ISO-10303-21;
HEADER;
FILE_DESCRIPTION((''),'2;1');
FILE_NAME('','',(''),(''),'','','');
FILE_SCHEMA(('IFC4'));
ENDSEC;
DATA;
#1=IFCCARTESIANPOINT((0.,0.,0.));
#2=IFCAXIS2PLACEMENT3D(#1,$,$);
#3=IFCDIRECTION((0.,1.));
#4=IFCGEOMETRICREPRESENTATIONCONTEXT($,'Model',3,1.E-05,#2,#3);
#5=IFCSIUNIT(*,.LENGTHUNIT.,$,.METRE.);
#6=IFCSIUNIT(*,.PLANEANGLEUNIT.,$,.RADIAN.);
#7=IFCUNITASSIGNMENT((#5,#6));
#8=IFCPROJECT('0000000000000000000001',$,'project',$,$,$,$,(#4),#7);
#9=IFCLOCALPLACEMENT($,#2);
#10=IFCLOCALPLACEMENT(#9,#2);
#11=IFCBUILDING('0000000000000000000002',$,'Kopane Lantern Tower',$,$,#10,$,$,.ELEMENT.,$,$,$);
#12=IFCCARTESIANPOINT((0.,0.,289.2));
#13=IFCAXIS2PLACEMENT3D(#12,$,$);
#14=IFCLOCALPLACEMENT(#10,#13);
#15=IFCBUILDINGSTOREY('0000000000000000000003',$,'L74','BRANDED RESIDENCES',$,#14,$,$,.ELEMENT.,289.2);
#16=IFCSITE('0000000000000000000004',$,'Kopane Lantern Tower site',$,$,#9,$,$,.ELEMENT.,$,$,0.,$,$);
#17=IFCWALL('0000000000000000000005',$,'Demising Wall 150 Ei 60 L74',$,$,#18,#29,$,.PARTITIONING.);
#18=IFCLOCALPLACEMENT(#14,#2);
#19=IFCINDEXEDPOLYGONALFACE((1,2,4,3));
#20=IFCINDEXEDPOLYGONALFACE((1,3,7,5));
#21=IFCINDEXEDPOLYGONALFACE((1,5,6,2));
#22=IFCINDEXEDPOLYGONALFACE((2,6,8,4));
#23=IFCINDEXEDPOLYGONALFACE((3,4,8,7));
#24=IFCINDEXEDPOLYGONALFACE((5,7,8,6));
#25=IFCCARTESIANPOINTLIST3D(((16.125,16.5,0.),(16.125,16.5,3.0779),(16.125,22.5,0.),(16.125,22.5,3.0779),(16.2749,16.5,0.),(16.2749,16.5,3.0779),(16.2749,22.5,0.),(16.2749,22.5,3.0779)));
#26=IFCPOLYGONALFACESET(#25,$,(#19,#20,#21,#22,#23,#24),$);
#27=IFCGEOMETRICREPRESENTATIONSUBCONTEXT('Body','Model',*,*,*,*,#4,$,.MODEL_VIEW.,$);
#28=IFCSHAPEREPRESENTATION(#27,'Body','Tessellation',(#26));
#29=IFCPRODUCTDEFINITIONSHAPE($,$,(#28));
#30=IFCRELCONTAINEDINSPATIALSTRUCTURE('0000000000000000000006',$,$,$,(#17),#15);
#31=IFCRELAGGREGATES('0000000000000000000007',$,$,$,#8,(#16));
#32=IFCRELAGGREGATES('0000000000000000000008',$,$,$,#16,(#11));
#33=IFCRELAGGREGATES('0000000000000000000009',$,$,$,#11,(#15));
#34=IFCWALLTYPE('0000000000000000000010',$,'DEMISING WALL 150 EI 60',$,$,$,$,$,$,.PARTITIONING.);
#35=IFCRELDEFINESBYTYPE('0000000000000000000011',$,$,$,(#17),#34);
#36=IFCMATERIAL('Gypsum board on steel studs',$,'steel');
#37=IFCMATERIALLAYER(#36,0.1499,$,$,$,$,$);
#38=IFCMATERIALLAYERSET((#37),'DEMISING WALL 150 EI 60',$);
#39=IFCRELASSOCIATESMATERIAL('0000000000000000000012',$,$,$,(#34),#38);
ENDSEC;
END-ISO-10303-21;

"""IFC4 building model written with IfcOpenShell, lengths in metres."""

from ifc_helpers import new_model, si_unit, direction, frame, frame_2d, origin, place, context, subcontext, project, spatial, rectangle, extrude, material, layer, layer_set, type_object, element, save


model = new_model("IFC4")

# Units and contexts
model_context = context("Model", 3, precision=1e-05, world=origin(), true_north=direction((0.0, 1.0)))
body_context = subcontext(model_context, "Body", "Model", "MODEL_VIEW")
ifc_project = project(units=[si_unit("LENGTHUNIT", "METRE"), si_unit("PLANEANGLEUNIT", "RADIAN")], contexts=[model_context])

# Site, building, storey
site_placement = place(None, origin())
site = spatial("IfcSite", under=ifc_project, at=site_placement, Name="Kopane Lantern Tower site", CompositionType="ELEMENT", RefElevation=0.0)
building_placement = place(site_placement, origin())
building = spatial("IfcBuilding", under=site, at=building_placement, Name="Kopane Lantern Tower", CompositionType="ELEMENT")
storey_placement = place(building_placement, frame((0.0, 0.0, 289.2)))
storey = spatial("IfcBuildingStorey", under=building, at=storey_placement, Name="L74", Description="BRANDED RESIDENCES", CompositionType="ELEMENT", Elevation=289.2)

# Wall
ifc_material_1 = material(Name="Gypsum board on steel studs", Category="steel")
ifc_layer_1 = layer(ifc_material_1, 0.1499)
ifc_layer_set_1 = layer_set([ifc_layer_1], Name="DEMISING WALL 150 EI 60")
wall_type_1 = type_object("IfcWallType", Name="DEMISING WALL 150 EI 60", PredefinedType="PARTITIONING", material=ifc_layer_set_1)
wall_1_placement = place(storey_placement, frame((16.2, 22.5, 0.0), z_axis=(0.0, 0.0, 1.0), x_axis=(0.0, -1.0, 0.0)))
element("IfcWall", 1, at=wall_1_placement, inside=storey, type_object=wall_type_1, Name="Demising Wall 150 Ei 60 L74", PredefinedType="PARTITIONING", context=body_context, shape_type="SweptSolid", body=[
    extrude(rectangle(XDim=6.0, YDim=0.1499, at=frame_2d((3.0, 0.0))), origin(), (0.0, 0.0, 1.0), 3.0779),
])

save(model, "model.ifc")
